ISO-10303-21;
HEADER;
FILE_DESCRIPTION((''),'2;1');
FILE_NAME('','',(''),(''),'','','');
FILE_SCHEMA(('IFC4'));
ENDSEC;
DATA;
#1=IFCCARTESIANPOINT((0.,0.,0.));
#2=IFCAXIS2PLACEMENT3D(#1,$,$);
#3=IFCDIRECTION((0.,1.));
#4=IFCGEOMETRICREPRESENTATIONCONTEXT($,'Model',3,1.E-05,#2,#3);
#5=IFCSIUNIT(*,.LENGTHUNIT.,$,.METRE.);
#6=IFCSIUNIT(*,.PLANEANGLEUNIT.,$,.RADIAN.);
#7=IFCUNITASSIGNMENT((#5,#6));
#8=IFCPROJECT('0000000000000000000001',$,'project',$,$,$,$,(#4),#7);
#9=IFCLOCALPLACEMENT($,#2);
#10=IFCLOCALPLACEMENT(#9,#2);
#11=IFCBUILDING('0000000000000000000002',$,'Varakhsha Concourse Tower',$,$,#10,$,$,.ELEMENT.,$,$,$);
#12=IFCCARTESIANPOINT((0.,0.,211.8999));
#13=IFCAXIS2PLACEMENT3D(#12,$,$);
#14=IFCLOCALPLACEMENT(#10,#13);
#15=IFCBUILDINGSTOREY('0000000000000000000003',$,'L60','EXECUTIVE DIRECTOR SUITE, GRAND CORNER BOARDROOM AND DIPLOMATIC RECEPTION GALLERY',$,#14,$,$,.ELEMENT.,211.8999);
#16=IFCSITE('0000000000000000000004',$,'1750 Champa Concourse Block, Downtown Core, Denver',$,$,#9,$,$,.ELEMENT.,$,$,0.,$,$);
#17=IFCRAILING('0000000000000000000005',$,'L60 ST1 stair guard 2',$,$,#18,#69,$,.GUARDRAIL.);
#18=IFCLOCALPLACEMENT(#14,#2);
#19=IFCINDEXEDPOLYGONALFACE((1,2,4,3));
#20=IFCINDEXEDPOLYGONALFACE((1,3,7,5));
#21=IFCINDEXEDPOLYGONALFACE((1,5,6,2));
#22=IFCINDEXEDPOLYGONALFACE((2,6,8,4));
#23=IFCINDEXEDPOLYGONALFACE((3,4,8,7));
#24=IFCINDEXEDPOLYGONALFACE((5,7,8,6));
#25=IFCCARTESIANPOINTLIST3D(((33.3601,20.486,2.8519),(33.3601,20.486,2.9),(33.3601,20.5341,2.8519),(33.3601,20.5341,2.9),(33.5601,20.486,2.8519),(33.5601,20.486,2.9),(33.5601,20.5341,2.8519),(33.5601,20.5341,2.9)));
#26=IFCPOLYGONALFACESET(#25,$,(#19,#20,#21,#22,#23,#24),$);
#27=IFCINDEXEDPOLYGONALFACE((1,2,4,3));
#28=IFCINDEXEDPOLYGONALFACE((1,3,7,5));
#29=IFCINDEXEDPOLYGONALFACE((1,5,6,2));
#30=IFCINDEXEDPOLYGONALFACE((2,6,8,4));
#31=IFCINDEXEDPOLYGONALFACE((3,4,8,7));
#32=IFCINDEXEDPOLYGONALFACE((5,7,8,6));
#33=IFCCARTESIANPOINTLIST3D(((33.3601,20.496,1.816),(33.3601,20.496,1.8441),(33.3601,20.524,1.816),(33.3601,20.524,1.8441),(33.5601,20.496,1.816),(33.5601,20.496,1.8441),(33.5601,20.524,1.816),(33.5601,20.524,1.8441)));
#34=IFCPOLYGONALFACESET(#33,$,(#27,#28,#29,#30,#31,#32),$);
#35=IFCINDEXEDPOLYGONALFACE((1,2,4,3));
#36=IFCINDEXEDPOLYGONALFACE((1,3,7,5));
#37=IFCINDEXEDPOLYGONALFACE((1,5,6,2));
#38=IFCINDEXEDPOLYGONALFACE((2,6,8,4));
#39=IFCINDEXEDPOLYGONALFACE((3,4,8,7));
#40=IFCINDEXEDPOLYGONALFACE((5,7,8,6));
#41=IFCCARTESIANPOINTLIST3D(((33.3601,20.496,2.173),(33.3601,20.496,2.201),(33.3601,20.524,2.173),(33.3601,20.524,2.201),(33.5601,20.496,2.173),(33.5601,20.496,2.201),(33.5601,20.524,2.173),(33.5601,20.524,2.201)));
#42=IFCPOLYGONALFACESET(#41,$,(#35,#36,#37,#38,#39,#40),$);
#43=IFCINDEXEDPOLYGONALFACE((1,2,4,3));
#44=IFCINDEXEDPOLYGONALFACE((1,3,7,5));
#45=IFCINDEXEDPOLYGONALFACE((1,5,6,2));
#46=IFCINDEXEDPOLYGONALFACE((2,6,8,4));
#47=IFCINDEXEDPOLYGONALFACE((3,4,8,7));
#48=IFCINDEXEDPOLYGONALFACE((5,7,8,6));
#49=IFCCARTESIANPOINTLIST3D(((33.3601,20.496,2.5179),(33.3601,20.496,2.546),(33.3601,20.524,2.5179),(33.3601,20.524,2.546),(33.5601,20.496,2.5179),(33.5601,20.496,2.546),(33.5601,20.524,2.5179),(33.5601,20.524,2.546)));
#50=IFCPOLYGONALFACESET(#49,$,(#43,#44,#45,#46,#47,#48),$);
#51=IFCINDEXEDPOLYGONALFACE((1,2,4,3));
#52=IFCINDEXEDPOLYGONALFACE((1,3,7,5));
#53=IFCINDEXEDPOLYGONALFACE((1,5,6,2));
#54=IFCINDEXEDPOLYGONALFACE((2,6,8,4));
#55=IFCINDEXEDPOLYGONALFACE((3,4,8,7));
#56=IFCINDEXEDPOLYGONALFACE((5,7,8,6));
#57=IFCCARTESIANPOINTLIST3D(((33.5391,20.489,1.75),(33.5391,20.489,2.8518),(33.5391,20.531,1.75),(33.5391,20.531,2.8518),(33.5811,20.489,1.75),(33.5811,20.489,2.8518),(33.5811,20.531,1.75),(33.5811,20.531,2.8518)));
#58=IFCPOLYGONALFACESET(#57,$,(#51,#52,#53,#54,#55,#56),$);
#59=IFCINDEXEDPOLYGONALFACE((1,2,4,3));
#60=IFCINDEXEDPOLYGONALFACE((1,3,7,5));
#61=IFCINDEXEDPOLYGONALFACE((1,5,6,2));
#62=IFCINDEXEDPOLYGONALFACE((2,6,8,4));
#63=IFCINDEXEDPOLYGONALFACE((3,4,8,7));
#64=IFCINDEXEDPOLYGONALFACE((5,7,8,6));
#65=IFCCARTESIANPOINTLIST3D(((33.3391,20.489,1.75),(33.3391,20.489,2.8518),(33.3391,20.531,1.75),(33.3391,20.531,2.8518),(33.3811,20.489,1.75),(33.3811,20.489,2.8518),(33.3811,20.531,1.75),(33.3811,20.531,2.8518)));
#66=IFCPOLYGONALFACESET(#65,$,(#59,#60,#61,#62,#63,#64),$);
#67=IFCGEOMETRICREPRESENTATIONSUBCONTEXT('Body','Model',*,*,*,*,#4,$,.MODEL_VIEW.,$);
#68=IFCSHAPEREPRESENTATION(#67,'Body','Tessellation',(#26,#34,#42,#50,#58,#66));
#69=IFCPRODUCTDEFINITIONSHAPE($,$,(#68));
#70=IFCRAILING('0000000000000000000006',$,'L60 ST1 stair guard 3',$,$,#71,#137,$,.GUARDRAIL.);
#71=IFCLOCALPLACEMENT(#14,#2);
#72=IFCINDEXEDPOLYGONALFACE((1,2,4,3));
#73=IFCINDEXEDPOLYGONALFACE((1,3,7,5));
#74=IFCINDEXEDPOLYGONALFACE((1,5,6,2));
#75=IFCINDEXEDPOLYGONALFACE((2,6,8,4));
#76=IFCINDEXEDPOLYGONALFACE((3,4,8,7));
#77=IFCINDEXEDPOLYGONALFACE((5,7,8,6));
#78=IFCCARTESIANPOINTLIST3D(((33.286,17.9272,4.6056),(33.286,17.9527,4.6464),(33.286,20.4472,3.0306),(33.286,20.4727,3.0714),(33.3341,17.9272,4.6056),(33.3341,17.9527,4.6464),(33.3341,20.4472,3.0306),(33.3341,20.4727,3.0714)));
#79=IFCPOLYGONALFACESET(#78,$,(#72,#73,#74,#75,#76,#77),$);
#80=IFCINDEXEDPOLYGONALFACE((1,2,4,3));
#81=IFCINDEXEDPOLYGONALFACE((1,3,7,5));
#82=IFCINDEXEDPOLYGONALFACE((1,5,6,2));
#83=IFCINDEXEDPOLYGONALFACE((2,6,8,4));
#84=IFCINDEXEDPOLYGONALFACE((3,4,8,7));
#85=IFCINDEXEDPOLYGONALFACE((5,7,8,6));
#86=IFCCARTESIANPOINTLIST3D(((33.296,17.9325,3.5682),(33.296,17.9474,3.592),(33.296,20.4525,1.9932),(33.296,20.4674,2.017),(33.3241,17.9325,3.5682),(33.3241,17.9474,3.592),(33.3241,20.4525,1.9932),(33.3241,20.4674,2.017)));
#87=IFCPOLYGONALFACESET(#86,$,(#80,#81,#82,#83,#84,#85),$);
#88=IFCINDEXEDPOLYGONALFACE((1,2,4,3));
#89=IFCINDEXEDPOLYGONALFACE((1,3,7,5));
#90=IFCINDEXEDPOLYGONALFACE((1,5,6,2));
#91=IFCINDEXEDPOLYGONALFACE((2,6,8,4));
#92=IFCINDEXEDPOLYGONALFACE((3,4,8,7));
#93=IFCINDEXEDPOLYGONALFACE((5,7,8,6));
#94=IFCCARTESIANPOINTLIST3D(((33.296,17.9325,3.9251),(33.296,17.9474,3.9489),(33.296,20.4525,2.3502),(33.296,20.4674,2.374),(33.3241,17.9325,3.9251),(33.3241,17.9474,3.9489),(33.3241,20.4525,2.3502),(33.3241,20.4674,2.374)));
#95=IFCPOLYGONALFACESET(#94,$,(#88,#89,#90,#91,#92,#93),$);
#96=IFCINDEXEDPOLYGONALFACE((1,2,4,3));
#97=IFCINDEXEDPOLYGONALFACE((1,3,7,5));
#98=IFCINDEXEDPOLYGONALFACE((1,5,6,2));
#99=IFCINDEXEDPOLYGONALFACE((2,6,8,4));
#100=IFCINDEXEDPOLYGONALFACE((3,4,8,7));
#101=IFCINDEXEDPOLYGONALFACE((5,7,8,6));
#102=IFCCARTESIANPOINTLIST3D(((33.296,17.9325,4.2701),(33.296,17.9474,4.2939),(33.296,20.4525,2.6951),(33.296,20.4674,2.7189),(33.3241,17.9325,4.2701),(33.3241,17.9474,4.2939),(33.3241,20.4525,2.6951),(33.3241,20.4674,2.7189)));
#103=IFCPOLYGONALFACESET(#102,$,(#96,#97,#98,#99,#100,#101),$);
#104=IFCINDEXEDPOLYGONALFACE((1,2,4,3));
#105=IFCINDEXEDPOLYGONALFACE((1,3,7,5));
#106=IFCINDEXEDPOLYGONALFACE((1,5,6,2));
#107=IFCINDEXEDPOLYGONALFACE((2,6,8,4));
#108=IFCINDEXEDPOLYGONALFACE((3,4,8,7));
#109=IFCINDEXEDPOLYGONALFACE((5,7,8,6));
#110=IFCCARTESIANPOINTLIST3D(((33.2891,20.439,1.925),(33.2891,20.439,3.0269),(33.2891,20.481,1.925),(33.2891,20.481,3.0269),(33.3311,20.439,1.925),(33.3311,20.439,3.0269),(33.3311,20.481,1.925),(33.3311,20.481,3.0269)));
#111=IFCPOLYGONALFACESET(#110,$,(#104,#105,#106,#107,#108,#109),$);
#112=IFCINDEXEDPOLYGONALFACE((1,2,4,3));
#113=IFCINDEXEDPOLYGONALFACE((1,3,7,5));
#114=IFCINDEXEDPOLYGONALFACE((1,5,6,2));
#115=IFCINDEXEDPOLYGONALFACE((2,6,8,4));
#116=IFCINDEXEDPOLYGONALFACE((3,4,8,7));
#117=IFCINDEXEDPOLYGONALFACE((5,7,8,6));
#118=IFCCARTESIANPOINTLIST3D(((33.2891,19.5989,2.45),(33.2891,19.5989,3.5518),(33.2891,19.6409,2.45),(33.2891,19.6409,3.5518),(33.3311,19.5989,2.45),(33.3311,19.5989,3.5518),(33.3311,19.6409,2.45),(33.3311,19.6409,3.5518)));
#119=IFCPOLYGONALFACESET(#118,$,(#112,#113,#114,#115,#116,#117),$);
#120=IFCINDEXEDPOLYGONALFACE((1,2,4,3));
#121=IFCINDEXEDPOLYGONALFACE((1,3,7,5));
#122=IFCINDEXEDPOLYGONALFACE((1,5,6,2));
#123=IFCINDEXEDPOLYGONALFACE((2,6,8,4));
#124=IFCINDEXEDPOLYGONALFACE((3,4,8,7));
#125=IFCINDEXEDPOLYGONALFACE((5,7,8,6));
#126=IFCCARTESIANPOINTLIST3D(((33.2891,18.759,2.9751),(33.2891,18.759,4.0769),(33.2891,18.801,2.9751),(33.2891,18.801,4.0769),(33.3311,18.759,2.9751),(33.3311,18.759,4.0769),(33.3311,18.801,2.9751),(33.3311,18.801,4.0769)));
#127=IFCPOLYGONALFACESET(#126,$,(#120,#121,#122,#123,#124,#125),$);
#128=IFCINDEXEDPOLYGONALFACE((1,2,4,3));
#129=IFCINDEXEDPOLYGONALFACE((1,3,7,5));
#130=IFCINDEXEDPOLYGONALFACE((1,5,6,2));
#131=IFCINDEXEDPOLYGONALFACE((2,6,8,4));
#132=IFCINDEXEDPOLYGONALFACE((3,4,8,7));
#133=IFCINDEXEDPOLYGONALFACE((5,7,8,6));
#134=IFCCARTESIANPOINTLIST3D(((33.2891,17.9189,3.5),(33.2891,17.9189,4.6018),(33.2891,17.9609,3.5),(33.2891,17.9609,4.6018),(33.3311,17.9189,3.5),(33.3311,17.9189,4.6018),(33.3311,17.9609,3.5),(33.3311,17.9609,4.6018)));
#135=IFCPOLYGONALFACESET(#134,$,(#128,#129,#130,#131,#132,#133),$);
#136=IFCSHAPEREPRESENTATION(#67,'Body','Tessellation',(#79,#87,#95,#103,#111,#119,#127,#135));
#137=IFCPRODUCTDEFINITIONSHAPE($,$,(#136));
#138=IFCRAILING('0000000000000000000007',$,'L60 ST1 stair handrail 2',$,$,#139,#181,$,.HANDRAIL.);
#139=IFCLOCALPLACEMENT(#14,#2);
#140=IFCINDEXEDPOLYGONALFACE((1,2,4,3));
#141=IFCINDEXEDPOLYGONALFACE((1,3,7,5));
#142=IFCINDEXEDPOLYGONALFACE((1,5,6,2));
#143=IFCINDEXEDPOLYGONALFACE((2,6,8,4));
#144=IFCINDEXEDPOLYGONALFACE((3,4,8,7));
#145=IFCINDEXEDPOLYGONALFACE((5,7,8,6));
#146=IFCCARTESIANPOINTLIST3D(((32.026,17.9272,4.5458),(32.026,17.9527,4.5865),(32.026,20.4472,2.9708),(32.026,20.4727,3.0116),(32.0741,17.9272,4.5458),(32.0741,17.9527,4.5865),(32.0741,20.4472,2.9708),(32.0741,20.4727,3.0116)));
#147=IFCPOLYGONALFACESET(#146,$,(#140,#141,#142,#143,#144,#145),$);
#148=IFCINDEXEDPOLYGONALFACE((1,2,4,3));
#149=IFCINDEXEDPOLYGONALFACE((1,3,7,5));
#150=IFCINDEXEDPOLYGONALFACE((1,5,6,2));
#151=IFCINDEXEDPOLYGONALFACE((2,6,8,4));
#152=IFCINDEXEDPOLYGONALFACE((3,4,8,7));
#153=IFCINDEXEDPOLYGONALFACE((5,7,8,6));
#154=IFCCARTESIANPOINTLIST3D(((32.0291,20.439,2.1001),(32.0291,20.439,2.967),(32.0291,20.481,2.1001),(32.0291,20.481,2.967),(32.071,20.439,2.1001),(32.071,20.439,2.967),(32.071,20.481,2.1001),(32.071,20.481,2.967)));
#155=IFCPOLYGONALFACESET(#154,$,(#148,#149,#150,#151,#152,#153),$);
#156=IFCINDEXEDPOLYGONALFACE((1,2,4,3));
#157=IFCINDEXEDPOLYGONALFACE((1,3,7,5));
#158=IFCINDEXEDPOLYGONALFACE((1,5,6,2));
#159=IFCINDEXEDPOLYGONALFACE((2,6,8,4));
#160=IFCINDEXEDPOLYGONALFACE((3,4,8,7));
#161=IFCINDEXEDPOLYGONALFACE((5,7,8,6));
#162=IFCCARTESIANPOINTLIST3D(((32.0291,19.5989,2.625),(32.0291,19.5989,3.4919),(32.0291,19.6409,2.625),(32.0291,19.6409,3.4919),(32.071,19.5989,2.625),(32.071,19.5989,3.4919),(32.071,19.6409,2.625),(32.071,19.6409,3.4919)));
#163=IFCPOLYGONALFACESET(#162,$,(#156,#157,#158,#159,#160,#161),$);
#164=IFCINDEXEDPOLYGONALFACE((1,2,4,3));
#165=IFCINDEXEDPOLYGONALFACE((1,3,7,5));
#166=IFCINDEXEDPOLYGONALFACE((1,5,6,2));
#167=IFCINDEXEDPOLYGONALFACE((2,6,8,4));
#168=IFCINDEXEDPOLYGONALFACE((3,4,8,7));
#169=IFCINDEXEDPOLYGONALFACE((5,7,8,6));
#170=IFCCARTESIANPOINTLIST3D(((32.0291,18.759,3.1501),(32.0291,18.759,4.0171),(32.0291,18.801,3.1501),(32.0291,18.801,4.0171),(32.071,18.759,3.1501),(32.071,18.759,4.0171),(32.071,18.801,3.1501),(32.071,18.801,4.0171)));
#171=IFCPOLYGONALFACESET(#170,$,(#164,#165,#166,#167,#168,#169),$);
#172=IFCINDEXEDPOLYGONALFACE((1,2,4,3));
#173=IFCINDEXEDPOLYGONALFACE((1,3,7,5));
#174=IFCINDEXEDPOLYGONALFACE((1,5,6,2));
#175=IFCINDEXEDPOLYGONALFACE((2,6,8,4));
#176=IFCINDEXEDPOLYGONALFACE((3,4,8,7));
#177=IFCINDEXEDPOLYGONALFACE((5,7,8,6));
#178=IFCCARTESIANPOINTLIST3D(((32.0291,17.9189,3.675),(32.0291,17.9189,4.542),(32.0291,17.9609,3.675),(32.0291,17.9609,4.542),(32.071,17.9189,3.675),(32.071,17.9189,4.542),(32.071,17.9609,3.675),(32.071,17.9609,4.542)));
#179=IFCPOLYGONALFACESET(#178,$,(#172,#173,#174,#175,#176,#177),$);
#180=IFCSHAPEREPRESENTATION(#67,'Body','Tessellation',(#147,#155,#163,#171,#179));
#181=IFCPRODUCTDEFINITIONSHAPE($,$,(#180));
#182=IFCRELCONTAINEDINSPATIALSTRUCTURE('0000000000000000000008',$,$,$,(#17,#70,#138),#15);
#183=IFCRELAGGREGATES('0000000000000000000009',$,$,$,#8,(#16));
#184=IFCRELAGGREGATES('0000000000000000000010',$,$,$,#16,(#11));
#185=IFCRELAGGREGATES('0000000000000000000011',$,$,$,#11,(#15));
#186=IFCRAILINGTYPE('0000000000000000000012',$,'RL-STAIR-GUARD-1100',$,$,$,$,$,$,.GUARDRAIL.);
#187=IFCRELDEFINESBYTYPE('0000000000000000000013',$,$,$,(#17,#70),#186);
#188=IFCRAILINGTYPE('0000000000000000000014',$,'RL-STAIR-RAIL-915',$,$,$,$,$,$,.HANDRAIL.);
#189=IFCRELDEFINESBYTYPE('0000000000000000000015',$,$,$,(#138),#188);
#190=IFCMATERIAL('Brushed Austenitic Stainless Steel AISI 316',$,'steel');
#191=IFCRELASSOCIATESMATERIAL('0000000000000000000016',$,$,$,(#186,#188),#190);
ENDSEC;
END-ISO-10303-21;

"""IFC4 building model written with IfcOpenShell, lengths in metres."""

from ifc_helpers import new_model, si_unit, direction, frame, origin, origin_2d, place, context, subcontext, project, spatial, rectangle, extrude, material, type_object, element, save


model = new_model("IFC4")

# Units and contexts
model_context = context("Model", 3, precision=1e-05, world=origin(), true_north=direction((0.0, 1.0)))
body_context = subcontext(model_context, "Body", "Model", "MODEL_VIEW")
ifc_project = project(units=[si_unit("LENGTHUNIT", "METRE"), si_unit("PLANEANGLEUNIT", "RADIAN")], contexts=[model_context])

# Site, building, storey
site_placement = place(None, origin())
site = spatial("IfcSite", under=ifc_project, at=site_placement, Name="1750 Champa Concourse Block, Downtown Core, Denver", CompositionType="ELEMENT", RefElevation=0.0)
building_placement = place(site_placement, origin())
building = spatial("IfcBuilding", under=site, at=building_placement, Name="Varakhsha Concourse Tower", CompositionType="ELEMENT")
storey_placement = place(building_placement, frame((0.0, 0.0, 211.8999)))
storey = spatial("IfcBuildingStorey", under=building, at=storey_placement, Name="L60", Description="EXECUTIVE DIRECTOR SUITE, GRAND CORNER BOARDROOM AND DIPLOMATIC RECEPTION GALLERY", CompositionType="ELEMENT", Elevation=211.8999)

# Shared definitions
ifc_material_1 = material(Name="Brushed Austenitic Stainless Steel AISI 316", Category="steel")

# Railings
railing_type_1 = type_object("IfcRailingType", Name="RL-STAIR-GUARD-1100", PredefinedType="GUARDRAIL", material=ifc_material_1)
railing_1_placement = place(storey_placement, frame((33.5601, 20.51, 1.75)))
element("IfcRailing", 1, at=railing_1_placement, inside=storey, type_object=railing_type_1, Name="L60 ST1 stair guard 2", PredefinedType="GUARDRAIL", context=body_context, shape_type="SweptSolid", body=[
    extrude(rectangle(XDim=0.0481, YDim=0.0481, at=origin_2d()), frame((0.0, 0.0, 1.126), z_axis=(-1.0, 0.0, 0.0), x_axis=(0.0, -1.0, 0.0)), (0.0, 0.0, 1.0), 0.2),
    extrude(rectangle(XDim=0.0281, YDim=0.0281, at=origin_2d()), frame((0.0, 0.0, 0.0801), z_axis=(-1.0, 0.0, 0.0), x_axis=(0.0, -1.0, 0.0)), (0.0, 0.0, 1.0), 0.2),
    extrude(rectangle(XDim=0.0281, YDim=0.0281, at=origin_2d()), frame((0.0, 0.0, 0.437), z_axis=(-1.0, 0.0, 0.0), x_axis=(0.0, -1.0, 0.0)), (0.0, 0.0, 1.0), 0.2),
    extrude(rectangle(XDim=0.0281, YDim=0.0281, at=origin_2d()), frame((0.0, 0.0, 0.782), z_axis=(-1.0, 0.0, 0.0), x_axis=(0.0, -1.0, 0.0)), (0.0, 0.0, 1.0), 0.2),
    extrude(rectangle(XDim=0.042, YDim=0.042, at=origin_2d()), origin(), (0.0, 0.0, 1.0), 1.1018),
    extrude(rectangle(XDim=0.042, YDim=0.042, at=origin_2d()), frame((-0.2, 0.0, 0.0)), (0.0, 0.0, 1.0), 1.1018),
])
railing_2_placement = place(storey_placement, frame((33.3101, 20.46, 1.925)))
element("IfcRailing", 2, at=railing_2_placement, inside=storey, type_object=railing_type_1, Name="L60 ST1 stair guard 3", PredefinedType="GUARDRAIL", context=body_context, shape_type="SweptSolid", body=[
    extrude(rectangle(XDim=0.0481, YDim=0.0481, at=origin_2d()), frame((0.0, 0.0, 1.126), z_axis=(0.0, -0.848008, 0.529984), x_axis=(1.0, 0.0, 0.0)), (0.0, 0.0, 1.0), 2.9717),
    extrude(rectangle(XDim=0.0281, YDim=0.0281, at=origin_2d()), frame((0.0, 0.0, 0.0801), z_axis=(0.0, -0.848008, 0.529984), x_axis=(1.0, 0.0, 0.0)), (0.0, 0.0, 1.0), 2.9717),
    extrude(rectangle(XDim=0.0281, YDim=0.0281, at=origin_2d()), frame((0.0, 0.0, 0.437), z_axis=(0.0, -0.848008, 0.529984), x_axis=(1.0, 0.0, 0.0)), (0.0, 0.0, 1.0), 2.9717),
    extrude(rectangle(XDim=0.0281, YDim=0.0281, at=origin_2d()), frame((0.0, 0.0, 0.782), z_axis=(0.0, -0.848008, 0.529984), x_axis=(1.0, 0.0, 0.0)), (0.0, 0.0, 1.0), 2.9717),
    extrude(rectangle(XDim=0.042, YDim=0.042, at=origin_2d()), origin(), (0.0, 0.0, 1.0), 1.1018),
    extrude(rectangle(XDim=0.042, YDim=0.042, at=origin_2d()), frame((0.0, -0.8401, 0.5249)), (0.0, 0.0, 1.0), 1.1018),
    extrude(rectangle(XDim=0.042, YDim=0.042, at=origin_2d()), frame((0.0, -1.6799, 1.05)), (0.0, 0.0, 1.0), 1.1018),
    extrude(rectangle(XDim=0.042, YDim=0.042, at=origin_2d()), frame((0.0, -2.52, 1.575)), (0.0, 0.0, 1.0), 1.1018),
])
railing_type_2 = type_object("IfcRailingType", Name="RL-STAIR-RAIL-915", PredefinedType="HANDRAIL", material=ifc_material_1)
railing_3_placement = place(storey_placement, frame((32.05, 20.46, 2.1001)))
element("IfcRailing", 3, at=railing_3_placement, inside=storey, type_object=railing_type_2, Name="L60 ST1 stair handrail 2", PredefinedType="HANDRAIL", context=body_context, shape_type="SweptSolid", body=[
    extrude(rectangle(XDim=0.0481, YDim=0.0481, at=origin_2d()), frame((0.0, 0.0, 0.8911), z_axis=(0.0, -0.848008, 0.529984), x_axis=(1.0, 0.0, 0.0)), (0.0, 0.0, 1.0), 2.9717),
    extrude(rectangle(XDim=0.042, YDim=0.042, at=origin_2d()), origin(), (0.0, 0.0, 1.0), 0.8669),
    extrude(rectangle(XDim=0.042, YDim=0.042, at=origin_2d()), frame((0.0, -0.8401, 0.5249)), (0.0, 0.0, 1.0), 0.8669),
    extrude(rectangle(XDim=0.042, YDim=0.042, at=origin_2d()), frame((0.0, -1.6799, 1.05)), (0.0, 0.0, 1.0), 0.8669),
    extrude(rectangle(XDim=0.042, YDim=0.042, at=origin_2d()), frame((0.0, -2.52, 1.575)), (0.0, 0.0, 1.0), 0.8669),
])

save(model, "model.ifc")
